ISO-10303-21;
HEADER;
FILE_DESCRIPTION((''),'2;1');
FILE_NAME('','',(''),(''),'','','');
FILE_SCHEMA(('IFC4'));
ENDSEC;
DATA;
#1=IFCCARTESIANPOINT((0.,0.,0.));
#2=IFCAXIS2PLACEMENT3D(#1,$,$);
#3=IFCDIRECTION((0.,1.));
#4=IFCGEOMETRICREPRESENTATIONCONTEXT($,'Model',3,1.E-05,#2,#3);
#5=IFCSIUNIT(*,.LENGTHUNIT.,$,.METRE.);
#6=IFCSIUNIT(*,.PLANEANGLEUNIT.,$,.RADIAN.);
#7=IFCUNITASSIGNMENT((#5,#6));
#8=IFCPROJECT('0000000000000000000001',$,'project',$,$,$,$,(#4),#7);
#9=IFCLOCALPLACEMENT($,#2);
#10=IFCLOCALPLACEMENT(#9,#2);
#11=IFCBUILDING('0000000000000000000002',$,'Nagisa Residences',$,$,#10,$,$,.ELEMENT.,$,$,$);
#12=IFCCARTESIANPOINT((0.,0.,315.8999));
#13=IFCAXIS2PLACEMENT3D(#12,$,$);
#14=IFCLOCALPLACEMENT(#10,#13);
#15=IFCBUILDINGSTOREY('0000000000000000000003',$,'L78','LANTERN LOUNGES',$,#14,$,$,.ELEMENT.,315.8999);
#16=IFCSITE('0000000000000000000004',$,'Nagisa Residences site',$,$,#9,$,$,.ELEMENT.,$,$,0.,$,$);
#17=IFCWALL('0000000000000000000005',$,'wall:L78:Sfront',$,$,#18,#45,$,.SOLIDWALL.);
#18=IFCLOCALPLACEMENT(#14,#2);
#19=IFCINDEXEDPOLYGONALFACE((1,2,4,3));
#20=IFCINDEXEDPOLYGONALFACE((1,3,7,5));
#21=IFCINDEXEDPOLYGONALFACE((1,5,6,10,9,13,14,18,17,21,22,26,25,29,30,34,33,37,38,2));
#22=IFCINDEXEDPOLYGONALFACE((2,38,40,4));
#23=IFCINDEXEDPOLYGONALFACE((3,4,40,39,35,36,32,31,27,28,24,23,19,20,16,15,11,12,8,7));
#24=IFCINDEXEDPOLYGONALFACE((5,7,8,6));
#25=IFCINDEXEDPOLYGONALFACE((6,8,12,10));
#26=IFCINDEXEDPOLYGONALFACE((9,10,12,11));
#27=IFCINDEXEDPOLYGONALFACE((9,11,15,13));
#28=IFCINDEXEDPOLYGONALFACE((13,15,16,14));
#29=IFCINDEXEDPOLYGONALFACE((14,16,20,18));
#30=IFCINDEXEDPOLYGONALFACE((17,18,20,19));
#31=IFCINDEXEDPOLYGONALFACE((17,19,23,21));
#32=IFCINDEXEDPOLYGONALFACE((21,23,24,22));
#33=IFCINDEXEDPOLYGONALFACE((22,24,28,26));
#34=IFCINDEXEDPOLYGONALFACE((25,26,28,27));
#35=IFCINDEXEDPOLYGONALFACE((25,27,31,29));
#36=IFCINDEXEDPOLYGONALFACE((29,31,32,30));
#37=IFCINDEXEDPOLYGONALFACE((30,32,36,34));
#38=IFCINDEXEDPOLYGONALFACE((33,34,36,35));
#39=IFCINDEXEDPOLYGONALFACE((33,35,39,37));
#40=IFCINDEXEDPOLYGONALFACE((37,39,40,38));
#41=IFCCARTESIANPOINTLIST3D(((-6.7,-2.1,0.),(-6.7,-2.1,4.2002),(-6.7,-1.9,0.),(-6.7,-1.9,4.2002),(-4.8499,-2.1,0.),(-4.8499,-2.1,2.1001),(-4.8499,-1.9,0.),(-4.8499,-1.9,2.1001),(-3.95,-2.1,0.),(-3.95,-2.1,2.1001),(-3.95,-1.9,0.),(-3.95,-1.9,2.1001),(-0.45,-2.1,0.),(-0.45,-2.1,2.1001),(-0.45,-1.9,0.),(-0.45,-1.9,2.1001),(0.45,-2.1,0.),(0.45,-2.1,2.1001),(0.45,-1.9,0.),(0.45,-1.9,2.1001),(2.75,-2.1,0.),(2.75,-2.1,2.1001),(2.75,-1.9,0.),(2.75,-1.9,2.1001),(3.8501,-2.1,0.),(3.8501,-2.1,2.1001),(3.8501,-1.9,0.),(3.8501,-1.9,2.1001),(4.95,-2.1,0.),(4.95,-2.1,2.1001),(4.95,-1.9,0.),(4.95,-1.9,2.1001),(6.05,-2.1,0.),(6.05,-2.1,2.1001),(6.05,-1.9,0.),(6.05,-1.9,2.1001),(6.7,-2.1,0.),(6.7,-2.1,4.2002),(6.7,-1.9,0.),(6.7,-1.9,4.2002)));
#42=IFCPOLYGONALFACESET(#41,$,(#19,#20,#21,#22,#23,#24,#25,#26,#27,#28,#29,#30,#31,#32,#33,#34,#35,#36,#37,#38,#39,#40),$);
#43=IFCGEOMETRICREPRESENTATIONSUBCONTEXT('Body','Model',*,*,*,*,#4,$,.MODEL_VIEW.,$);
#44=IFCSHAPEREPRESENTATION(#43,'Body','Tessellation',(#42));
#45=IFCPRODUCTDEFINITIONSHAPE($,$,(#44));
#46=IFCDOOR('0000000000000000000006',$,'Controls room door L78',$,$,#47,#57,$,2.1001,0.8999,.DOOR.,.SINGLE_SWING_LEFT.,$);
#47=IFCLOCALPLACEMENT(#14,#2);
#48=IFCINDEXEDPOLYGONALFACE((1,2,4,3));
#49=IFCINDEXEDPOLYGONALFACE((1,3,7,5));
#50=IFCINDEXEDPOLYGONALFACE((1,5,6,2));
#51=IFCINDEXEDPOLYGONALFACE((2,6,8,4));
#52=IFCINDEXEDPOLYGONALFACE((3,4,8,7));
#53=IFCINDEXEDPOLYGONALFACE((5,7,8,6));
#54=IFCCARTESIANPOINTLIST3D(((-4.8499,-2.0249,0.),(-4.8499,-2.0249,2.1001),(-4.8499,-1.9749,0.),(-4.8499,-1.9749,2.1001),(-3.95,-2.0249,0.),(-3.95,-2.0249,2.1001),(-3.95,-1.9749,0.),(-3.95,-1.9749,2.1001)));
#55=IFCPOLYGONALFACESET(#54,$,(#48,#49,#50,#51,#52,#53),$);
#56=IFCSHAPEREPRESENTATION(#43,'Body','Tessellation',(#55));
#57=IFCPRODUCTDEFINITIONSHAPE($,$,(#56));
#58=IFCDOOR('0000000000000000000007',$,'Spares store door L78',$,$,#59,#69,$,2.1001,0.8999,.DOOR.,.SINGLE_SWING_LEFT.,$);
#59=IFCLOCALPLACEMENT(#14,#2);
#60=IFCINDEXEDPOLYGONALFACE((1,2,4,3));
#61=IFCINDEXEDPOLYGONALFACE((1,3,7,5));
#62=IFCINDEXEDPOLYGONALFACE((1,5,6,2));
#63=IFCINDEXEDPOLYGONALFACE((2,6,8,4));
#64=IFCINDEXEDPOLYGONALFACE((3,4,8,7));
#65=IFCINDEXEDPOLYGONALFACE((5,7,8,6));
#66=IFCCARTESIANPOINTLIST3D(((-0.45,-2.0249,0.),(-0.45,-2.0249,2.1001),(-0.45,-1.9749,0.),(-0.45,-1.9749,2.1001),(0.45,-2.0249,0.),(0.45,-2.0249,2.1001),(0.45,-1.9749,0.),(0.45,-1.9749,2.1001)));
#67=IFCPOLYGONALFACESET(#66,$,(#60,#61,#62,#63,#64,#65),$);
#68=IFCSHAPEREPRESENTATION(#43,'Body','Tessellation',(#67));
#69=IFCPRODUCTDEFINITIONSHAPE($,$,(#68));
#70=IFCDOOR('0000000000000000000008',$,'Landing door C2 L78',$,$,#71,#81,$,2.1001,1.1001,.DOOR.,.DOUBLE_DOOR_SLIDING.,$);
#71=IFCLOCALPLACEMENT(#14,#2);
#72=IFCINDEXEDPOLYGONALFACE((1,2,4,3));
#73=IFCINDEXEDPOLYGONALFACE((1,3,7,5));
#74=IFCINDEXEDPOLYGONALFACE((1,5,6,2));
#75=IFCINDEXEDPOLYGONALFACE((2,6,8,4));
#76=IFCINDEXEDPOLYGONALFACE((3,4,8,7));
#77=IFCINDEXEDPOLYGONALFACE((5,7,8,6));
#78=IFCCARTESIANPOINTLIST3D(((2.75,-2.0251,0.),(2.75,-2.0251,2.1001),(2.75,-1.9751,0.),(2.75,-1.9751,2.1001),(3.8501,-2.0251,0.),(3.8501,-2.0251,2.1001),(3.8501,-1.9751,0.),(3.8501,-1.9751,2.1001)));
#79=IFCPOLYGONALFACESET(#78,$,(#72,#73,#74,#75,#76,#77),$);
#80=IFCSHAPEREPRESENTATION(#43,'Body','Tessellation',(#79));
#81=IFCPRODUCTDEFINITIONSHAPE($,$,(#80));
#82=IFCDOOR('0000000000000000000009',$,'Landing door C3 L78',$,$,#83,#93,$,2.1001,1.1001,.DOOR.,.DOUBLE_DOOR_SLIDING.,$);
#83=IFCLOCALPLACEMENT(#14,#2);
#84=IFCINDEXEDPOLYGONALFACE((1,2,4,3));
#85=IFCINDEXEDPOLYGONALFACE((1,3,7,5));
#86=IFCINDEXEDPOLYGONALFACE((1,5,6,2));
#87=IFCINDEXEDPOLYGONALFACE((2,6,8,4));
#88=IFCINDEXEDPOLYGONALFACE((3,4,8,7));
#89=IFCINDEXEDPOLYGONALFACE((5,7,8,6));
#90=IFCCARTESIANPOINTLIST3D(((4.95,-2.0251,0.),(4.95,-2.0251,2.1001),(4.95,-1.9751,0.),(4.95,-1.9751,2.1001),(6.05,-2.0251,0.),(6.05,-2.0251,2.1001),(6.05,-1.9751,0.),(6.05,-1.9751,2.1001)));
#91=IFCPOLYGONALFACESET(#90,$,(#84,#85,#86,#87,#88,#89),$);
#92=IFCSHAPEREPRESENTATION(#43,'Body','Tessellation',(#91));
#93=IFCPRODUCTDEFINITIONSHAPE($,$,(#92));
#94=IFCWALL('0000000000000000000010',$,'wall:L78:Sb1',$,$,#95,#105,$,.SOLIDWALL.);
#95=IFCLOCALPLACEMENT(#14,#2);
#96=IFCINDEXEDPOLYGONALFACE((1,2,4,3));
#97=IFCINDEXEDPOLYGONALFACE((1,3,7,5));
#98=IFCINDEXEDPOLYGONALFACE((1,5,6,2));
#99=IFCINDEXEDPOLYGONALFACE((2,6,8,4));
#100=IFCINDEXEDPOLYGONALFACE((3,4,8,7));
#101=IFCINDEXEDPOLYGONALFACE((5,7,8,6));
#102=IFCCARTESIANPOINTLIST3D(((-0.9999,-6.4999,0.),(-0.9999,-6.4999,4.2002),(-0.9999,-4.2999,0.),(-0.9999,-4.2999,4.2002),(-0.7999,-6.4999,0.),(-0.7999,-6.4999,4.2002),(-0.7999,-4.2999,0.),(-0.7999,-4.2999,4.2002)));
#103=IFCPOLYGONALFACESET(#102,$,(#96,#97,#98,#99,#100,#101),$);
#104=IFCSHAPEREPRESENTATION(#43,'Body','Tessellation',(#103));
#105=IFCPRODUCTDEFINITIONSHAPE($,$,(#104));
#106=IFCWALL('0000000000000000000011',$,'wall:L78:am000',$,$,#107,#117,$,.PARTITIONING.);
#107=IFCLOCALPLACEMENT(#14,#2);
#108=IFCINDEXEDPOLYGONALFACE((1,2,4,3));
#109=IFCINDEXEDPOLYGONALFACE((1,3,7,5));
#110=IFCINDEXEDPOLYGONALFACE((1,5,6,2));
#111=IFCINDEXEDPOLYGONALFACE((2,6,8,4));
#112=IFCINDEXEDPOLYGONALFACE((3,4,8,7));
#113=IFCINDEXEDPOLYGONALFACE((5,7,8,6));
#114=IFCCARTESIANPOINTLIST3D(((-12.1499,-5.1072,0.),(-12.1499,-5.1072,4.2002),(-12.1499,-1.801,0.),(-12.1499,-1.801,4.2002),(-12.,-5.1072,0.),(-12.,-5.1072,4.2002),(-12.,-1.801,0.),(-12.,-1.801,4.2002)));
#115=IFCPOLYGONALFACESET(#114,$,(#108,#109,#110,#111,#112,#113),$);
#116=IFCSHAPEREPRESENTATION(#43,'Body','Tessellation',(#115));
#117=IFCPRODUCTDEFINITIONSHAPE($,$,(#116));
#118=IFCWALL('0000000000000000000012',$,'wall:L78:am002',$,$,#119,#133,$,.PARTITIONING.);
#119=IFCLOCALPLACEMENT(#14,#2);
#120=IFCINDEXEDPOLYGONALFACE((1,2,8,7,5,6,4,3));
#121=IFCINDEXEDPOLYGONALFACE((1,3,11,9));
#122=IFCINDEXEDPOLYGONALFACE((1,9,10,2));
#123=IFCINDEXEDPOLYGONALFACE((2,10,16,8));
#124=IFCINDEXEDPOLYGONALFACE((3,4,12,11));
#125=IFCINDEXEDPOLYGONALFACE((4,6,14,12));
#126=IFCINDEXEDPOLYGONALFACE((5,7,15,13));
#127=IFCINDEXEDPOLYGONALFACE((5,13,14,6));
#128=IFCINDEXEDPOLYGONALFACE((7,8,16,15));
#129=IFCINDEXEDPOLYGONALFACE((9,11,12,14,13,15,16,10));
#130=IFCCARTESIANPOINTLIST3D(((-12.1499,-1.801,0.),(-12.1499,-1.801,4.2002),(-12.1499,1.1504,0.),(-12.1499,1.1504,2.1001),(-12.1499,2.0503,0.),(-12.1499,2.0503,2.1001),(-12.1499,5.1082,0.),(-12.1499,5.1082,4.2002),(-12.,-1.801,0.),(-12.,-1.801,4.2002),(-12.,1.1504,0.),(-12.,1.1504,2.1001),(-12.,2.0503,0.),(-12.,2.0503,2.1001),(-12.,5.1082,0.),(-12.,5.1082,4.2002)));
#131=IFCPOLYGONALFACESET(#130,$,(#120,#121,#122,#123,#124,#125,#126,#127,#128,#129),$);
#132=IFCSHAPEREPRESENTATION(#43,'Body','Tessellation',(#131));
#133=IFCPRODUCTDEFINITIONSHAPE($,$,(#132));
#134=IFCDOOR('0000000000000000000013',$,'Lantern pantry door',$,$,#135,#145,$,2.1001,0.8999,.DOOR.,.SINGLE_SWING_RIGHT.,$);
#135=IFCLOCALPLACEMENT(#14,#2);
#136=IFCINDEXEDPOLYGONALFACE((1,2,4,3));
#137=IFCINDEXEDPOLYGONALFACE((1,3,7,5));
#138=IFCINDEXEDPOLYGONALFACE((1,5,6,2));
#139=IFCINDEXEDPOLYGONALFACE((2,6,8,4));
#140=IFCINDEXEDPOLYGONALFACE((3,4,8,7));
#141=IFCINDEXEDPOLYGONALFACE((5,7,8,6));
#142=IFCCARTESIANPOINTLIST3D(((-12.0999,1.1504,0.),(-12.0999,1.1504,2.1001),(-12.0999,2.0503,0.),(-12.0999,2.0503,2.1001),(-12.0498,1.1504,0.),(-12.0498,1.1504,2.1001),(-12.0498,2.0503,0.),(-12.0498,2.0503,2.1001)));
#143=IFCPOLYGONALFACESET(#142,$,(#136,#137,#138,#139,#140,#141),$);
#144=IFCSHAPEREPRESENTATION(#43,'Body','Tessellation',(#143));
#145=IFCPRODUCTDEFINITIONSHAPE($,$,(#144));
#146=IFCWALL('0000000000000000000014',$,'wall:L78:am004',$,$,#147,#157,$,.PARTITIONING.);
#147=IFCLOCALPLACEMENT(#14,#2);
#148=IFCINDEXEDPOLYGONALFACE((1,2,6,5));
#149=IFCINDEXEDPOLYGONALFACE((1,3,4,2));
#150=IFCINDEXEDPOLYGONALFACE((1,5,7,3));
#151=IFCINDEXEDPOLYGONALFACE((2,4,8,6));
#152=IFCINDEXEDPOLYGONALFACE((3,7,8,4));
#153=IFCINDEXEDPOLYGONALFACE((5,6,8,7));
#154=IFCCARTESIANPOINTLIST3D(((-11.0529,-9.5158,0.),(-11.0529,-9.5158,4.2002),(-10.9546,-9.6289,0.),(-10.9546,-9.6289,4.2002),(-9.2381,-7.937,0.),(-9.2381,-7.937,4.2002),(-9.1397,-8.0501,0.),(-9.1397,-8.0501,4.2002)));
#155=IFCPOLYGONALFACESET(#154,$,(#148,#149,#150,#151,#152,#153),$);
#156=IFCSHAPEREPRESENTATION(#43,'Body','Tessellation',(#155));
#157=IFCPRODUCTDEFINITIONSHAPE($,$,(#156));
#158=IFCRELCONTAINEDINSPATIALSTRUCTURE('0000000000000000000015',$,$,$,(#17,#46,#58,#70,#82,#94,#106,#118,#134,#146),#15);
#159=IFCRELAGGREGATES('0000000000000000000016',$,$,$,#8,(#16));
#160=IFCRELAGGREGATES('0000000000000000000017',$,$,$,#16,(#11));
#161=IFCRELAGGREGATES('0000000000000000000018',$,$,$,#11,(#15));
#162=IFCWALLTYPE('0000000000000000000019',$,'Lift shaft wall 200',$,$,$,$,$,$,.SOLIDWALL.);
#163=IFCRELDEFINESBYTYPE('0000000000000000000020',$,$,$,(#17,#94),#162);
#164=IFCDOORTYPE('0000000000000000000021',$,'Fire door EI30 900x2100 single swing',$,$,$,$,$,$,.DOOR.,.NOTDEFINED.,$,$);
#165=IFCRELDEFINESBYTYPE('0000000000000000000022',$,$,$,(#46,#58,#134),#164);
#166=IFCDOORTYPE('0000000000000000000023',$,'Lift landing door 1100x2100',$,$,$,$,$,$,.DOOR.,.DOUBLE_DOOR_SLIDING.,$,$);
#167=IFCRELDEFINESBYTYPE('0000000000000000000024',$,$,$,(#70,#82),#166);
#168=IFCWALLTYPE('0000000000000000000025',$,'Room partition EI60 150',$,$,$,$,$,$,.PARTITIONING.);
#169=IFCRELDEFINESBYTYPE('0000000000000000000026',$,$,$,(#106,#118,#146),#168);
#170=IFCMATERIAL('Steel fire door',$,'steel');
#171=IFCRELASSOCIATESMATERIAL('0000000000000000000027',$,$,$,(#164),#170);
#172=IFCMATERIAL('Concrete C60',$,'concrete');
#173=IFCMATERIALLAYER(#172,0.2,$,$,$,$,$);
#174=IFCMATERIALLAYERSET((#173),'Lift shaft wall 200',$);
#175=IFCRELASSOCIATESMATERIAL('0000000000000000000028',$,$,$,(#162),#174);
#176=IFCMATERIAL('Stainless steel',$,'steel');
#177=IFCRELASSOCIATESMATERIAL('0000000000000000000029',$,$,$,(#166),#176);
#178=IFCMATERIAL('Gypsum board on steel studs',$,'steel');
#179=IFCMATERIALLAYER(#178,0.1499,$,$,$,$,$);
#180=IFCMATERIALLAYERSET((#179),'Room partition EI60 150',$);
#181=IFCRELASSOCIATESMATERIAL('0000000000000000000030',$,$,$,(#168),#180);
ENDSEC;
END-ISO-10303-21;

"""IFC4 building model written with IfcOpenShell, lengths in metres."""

from ifc_helpers import new_model, si_unit, direction, frame, frame_2d, origin, place, context, subcontext, project, spatial, rectangle, extrude, material, layer, layer_set, type_object, element, fill, save


model = new_model("IFC4")

# Units and contexts
model_context = context("Model", 3, precision=1e-05, world=origin(), true_north=direction((0.0, 1.0)))
body_context = subcontext(model_context, "Body", "Model", "MODEL_VIEW")
ifc_project = project(units=[si_unit("LENGTHUNIT", "METRE"), si_unit("PLANEANGLEUNIT", "RADIAN")], contexts=[model_context])

# Site, building, storey
site_placement = place(None, origin())
site = spatial("IfcSite", under=ifc_project, at=site_placement, Name="Nagisa Residences site", CompositionType="ELEMENT", RefElevation=0.0)
building_placement = place(site_placement, origin())
building = spatial("IfcBuilding", under=site, at=building_placement, Name="Nagisa Residences", CompositionType="ELEMENT")
storey_placement = place(building_placement, frame((0.0, 0.0, 315.8999)))
storey = spatial("IfcBuildingStorey", under=building, at=storey_placement, Name="L78", Description="LANTERN LOUNGES", CompositionType="ELEMENT", Elevation=315.8999)

# Shared definitions
ifc_material_1 = material(Name="Steel fire door", Category="steel")
door_type_1 = type_object("IfcDoorType", Name="Fire door EI30 900x2100 single swing", OperationType="NOTDEFINED", PredefinedType="DOOR", material=ifc_material_1)

# Shared definitions
ifc_material_2 = material(Name="Concrete C60", Category="concrete")
ifc_layer_1 = layer(ifc_material_2, 0.2)
ifc_layer_set_1 = layer_set([ifc_layer_1], Name="Lift shaft wall 200")
wall_type_1 = type_object("IfcWallType", Name="Lift shaft wall 200", PredefinedType="SOLIDWALL", material=ifc_layer_set_1)

# Wall, openings, doors
wall_1_placement = place(storey_placement, frame((-6.7, -2.0, 0.0), z_axis=(0.0, 0.0, 1.0), x_axis=(1.0, 0.0, 0.0)))
wall_1 = element("IfcWall", 1, at=wall_1_placement, inside=storey, type_object=wall_type_1, Name="wall:L78:Sfront", PredefinedType="SOLIDWALL", context=body_context, shape_type="SweptSolid", body=[
    extrude(rectangle(XDim=13.3999, YDim=0.2, at=frame_2d((6.7, 0.0))), origin(), (0.0, 0.0, 1.0), 4.2002),
])
opening_1_placement = place(wall_1_placement, frame((9.45, 0.0, 0.0)))
opening_1 = element("IfcOpeningElement", 2, at=opening_1_placement, cuts=wall_1, PredefinedType="OPENING", context=body_context, shape_type="SweptSolid", body=[
    extrude(rectangle(XDim=1.1001, YDim=2.1001, at=frame_2d((0.55, 1.05))), frame((0.0, 0.1099, 0.0), z_axis=(0.0, -1.0, 0.0), x_axis=(1.0, 0.0, 0.0)), (0.0, 0.0, 1.0), 0.22),
])
opening_2_placement = place(wall_1_placement, frame((11.6499, 0.0, 0.0)))
opening_2 = element("IfcOpeningElement", 3, at=opening_2_placement, cuts=wall_1, PredefinedType="OPENING", context=body_context, shape_type="SweptSolid", body=[
    extrude(rectangle(XDim=1.1001, YDim=2.1001, at=frame_2d((0.55, 1.05))), frame((0.0, 0.1099, 0.0), z_axis=(0.0, -1.0, 0.0), x_axis=(1.0, 0.0, 0.0)), (0.0, 0.0, 1.0), 0.22),
])
opening_3_placement = place(wall_1_placement, frame((1.8501, 0.0, 0.0)))
opening_3 = element("IfcOpeningElement", 4, at=opening_3_placement, cuts=wall_1, PredefinedType="OPENING", context=body_context, shape_type="SweptSolid", body=[
    extrude(rectangle(XDim=0.8999, YDim=2.1001, at=frame_2d((0.45, 1.05))), frame((0.0, 0.1099, 0.0), z_axis=(0.0, -1.0, 0.0), x_axis=(1.0, 0.0, 0.0)), (0.0, 0.0, 1.0), 0.22),
])
opening_4_placement = place(wall_1_placement, frame((6.25, 0.0, 0.0)))
opening_4 = element("IfcOpeningElement", 5, at=opening_4_placement, cuts=wall_1, PredefinedType="OPENING", context=body_context, shape_type="SweptSolid", body=[
    extrude(rectangle(XDim=0.8999, YDim=2.1001, at=frame_2d((0.45, 1.05))), frame((0.0, 0.1099, 0.0), z_axis=(0.0, -1.0, 0.0), x_axis=(1.0, 0.0, 0.0)), (0.0, 0.0, 1.0), 0.22),
])
door_1_placement = place(opening_3_placement, frame((0.8999, 0.0, 0.0), x_axis=(-1.0, 0.0, 0.0)))
door_1 = element("IfcDoor", 6, at=door_1_placement, inside=storey, type_object=door_type_1, Name="Controls room door L78", OperationType="SINGLE_SWING_LEFT", OverallHeight=2.1001, OverallWidth=0.8999, PredefinedType="DOOR", context=body_context, shape_type="SweptSolid", body=[
    extrude(rectangle(XDim=0.8999, YDim=2.1001, at=frame_2d((0.45, 1.05))), frame((0.0, 0.0249, 0.0), z_axis=(0.0, -1.0, 0.0), x_axis=(1.0, 0.0, 0.0)), (0.0, 0.0, 1.0), 0.05),
])
fill(opening_3, door_1)
door_2_placement = place(opening_4_placement, frame((0.8999, 0.0, 0.0), x_axis=(-1.0, 0.0, 0.0)))
door_2 = element("IfcDoor", 7, at=door_2_placement, inside=storey, type_object=door_type_1, Name="Spares store door L78", OperationType="SINGLE_SWING_LEFT", OverallHeight=2.1001, OverallWidth=0.8999, PredefinedType="DOOR", context=body_context, shape_type="SweptSolid", body=[
    extrude(rectangle(XDim=0.8999, YDim=2.1001, at=frame_2d((0.45, 1.05))), frame((0.0, 0.0249, 0.0), z_axis=(0.0, -1.0, 0.0), x_axis=(1.0, 0.0, 0.0)), (0.0, 0.0, 1.0), 0.05),
])
fill(opening_4, door_2)
ifc_material_3 = material(Name="Stainless steel", Category="steel")
door_type_2 = type_object("IfcDoorType", Name="Lift landing door 1100x2100", OperationType="DOUBLE_DOOR_SLIDING", PredefinedType="DOOR", material=ifc_material_3)
door_3_placement = place(opening_1_placement, origin())
door_3 = element("IfcDoor", 8, at=door_3_placement, inside=storey, type_object=door_type_2, Name="Landing door C2 L78", OperationType="DOUBLE_DOOR_SLIDING", OverallHeight=2.1001, OverallWidth=1.1001, PredefinedType="DOOR", context=body_context, shape_type="SweptSolid", body=[
    extrude(rectangle(XDim=1.1001, YDim=2.1001, at=frame_2d((0.55, 1.05))), frame((0.0, 0.0249, 0.0), z_axis=(0.0, -1.0, 0.0), x_axis=(1.0, 0.0, 0.0)), (0.0, 0.0, 1.0), 0.05),
])
fill(opening_1, door_3)
door_4_placement = place(opening_2_placement, origin())
door_4 = element("IfcDoor", 9, at=door_4_placement, inside=storey, type_object=door_type_2, Name="Landing door C3 L78", OperationType="DOUBLE_DOOR_SLIDING", OverallHeight=2.1001, OverallWidth=1.1001, PredefinedType="DOOR", context=body_context, shape_type="SweptSolid", body=[
    extrude(rectangle(XDim=1.1001, YDim=2.1001, at=frame_2d((0.55, 1.05))), frame((0.0, 0.0249, 0.0), z_axis=(0.0, -1.0, 0.0), x_axis=(1.0, 0.0, 0.0)), (0.0, 0.0, 1.0), 0.05),
])
fill(opening_2, door_4)

# Walls
wall_2_placement = place(storey_placement, frame((-0.8999, -6.5, 0.0), z_axis=(0.0, 0.0, 1.0), x_axis=(0.0, 1.0, 0.0)))
element("IfcWall", 10, at=wall_2_placement, inside=storey, type_object=wall_type_1, Name="wall:L78:Sb1", PredefinedType="SOLIDWALL", context=body_context, shape_type="SweptSolid", body=[
    extrude(rectangle(XDim=2.2, YDim=0.2, at=frame_2d((1.1001, 0.0))), origin(), (0.0, 0.0, 1.0), 4.2002),
])
ifc_material_4 = material(Name="Gypsum board on steel studs", Category="steel")
ifc_layer_2 = layer(ifc_material_4, 0.1499)
ifc_layer_set_2 = layer_set([ifc_layer_2], Name="Room partition EI60 150")
wall_type_2 = type_object("IfcWallType", Name="Room partition EI60 150", PredefinedType="PARTITIONING", material=ifc_layer_set_2)
wall_3_placement = place(storey_placement, frame((-12.075, -5.1072, 0.0), z_axis=(0.0, 0.0, 1.0), x_axis=(0.0, 1.0, 0.0)))
element("IfcWall", 11, at=wall_3_placement, inside=storey, type_object=wall_type_2, Name="wall:L78:am000", PredefinedType="PARTITIONING", context=body_context, shape_type="SweptSolid", body=[
    extrude(rectangle(XDim=3.3062, YDim=0.1499, at=frame_2d((1.6531, 0.0))), origin(), (0.0, 0.0, 1.0), 4.2002),
])

# Wall, opening, door
wall_4_placement = place(storey_placement, frame((-12.075, -1.801, 0.0), z_axis=(0.0, 0.0, 1.0), x_axis=(0.0, 1.0, 0.0)))
wall_4 = element("IfcWall", 12, at=wall_4_placement, inside=storey, type_object=wall_type_2, Name="wall:L78:am002", PredefinedType="PARTITIONING", context=body_context, shape_type="SweptSolid", body=[
    extrude(rectangle(XDim=6.9092, YDim=0.1499, at=frame_2d((3.4546, 0.0))), origin(), (0.0, 0.0, 1.0), 4.2002),
])
opening_5_placement = place(wall_4_placement, frame((2.9514, 0.0, 0.0)))
opening_5 = element("IfcOpeningElement", 13, at=opening_5_placement, cuts=wall_4, PredefinedType="OPENING", context=body_context, shape_type="SweptSolid", body=[
    extrude(rectangle(XDim=0.8999, YDim=2.1001, at=frame_2d((0.45, 1.05))), frame((0.0, 0.085, 0.0), z_axis=(0.0, -1.0, 0.0), x_axis=(1.0, 0.0, 0.0)), (0.0, 0.0, 1.0), 0.1699),
])
door_5_placement = place(opening_5_placement, origin())
door_5 = element("IfcDoor", 14, at=door_5_placement, inside=storey, type_object=door_type_1, Name="Lantern pantry door", OperationType="SINGLE_SWING_RIGHT", OverallHeight=2.1001, OverallWidth=0.8999, PredefinedType="DOOR", context=body_context, shape_type="SweptSolid", body=[
    extrude(rectangle(XDim=0.8999, YDim=2.1001, at=frame_2d((0.45, 1.05))), frame((0.0, 0.0249, 0.0), z_axis=(0.0, -1.0, 0.0), x_axis=(1.0, 0.0, 0.0)), (0.0, 0.0, 1.0), 0.05),
])
fill(opening_5, door_5)

# Wall
wall_5_placement = place(storey_placement, frame((-11.0037, -9.5723, 0.0), z_axis=(0.0, 0.0, 1.0), x_axis=(0.754472, 0.656332, 0.0)))
element("IfcWall", 15, at=wall_5_placement, inside=storey, type_object=wall_type_2, Name="wall:L78:am004", PredefinedType="PARTITIONING", context=body_context, shape_type="SweptSolid", body=[
    extrude(rectangle(XDim=2.4055, YDim=0.1499, at=frame_2d((1.2026, 0.0))), origin(), (0.0, 0.0, 1.0), 4.2002),
])

save(model, "model.ifc")
